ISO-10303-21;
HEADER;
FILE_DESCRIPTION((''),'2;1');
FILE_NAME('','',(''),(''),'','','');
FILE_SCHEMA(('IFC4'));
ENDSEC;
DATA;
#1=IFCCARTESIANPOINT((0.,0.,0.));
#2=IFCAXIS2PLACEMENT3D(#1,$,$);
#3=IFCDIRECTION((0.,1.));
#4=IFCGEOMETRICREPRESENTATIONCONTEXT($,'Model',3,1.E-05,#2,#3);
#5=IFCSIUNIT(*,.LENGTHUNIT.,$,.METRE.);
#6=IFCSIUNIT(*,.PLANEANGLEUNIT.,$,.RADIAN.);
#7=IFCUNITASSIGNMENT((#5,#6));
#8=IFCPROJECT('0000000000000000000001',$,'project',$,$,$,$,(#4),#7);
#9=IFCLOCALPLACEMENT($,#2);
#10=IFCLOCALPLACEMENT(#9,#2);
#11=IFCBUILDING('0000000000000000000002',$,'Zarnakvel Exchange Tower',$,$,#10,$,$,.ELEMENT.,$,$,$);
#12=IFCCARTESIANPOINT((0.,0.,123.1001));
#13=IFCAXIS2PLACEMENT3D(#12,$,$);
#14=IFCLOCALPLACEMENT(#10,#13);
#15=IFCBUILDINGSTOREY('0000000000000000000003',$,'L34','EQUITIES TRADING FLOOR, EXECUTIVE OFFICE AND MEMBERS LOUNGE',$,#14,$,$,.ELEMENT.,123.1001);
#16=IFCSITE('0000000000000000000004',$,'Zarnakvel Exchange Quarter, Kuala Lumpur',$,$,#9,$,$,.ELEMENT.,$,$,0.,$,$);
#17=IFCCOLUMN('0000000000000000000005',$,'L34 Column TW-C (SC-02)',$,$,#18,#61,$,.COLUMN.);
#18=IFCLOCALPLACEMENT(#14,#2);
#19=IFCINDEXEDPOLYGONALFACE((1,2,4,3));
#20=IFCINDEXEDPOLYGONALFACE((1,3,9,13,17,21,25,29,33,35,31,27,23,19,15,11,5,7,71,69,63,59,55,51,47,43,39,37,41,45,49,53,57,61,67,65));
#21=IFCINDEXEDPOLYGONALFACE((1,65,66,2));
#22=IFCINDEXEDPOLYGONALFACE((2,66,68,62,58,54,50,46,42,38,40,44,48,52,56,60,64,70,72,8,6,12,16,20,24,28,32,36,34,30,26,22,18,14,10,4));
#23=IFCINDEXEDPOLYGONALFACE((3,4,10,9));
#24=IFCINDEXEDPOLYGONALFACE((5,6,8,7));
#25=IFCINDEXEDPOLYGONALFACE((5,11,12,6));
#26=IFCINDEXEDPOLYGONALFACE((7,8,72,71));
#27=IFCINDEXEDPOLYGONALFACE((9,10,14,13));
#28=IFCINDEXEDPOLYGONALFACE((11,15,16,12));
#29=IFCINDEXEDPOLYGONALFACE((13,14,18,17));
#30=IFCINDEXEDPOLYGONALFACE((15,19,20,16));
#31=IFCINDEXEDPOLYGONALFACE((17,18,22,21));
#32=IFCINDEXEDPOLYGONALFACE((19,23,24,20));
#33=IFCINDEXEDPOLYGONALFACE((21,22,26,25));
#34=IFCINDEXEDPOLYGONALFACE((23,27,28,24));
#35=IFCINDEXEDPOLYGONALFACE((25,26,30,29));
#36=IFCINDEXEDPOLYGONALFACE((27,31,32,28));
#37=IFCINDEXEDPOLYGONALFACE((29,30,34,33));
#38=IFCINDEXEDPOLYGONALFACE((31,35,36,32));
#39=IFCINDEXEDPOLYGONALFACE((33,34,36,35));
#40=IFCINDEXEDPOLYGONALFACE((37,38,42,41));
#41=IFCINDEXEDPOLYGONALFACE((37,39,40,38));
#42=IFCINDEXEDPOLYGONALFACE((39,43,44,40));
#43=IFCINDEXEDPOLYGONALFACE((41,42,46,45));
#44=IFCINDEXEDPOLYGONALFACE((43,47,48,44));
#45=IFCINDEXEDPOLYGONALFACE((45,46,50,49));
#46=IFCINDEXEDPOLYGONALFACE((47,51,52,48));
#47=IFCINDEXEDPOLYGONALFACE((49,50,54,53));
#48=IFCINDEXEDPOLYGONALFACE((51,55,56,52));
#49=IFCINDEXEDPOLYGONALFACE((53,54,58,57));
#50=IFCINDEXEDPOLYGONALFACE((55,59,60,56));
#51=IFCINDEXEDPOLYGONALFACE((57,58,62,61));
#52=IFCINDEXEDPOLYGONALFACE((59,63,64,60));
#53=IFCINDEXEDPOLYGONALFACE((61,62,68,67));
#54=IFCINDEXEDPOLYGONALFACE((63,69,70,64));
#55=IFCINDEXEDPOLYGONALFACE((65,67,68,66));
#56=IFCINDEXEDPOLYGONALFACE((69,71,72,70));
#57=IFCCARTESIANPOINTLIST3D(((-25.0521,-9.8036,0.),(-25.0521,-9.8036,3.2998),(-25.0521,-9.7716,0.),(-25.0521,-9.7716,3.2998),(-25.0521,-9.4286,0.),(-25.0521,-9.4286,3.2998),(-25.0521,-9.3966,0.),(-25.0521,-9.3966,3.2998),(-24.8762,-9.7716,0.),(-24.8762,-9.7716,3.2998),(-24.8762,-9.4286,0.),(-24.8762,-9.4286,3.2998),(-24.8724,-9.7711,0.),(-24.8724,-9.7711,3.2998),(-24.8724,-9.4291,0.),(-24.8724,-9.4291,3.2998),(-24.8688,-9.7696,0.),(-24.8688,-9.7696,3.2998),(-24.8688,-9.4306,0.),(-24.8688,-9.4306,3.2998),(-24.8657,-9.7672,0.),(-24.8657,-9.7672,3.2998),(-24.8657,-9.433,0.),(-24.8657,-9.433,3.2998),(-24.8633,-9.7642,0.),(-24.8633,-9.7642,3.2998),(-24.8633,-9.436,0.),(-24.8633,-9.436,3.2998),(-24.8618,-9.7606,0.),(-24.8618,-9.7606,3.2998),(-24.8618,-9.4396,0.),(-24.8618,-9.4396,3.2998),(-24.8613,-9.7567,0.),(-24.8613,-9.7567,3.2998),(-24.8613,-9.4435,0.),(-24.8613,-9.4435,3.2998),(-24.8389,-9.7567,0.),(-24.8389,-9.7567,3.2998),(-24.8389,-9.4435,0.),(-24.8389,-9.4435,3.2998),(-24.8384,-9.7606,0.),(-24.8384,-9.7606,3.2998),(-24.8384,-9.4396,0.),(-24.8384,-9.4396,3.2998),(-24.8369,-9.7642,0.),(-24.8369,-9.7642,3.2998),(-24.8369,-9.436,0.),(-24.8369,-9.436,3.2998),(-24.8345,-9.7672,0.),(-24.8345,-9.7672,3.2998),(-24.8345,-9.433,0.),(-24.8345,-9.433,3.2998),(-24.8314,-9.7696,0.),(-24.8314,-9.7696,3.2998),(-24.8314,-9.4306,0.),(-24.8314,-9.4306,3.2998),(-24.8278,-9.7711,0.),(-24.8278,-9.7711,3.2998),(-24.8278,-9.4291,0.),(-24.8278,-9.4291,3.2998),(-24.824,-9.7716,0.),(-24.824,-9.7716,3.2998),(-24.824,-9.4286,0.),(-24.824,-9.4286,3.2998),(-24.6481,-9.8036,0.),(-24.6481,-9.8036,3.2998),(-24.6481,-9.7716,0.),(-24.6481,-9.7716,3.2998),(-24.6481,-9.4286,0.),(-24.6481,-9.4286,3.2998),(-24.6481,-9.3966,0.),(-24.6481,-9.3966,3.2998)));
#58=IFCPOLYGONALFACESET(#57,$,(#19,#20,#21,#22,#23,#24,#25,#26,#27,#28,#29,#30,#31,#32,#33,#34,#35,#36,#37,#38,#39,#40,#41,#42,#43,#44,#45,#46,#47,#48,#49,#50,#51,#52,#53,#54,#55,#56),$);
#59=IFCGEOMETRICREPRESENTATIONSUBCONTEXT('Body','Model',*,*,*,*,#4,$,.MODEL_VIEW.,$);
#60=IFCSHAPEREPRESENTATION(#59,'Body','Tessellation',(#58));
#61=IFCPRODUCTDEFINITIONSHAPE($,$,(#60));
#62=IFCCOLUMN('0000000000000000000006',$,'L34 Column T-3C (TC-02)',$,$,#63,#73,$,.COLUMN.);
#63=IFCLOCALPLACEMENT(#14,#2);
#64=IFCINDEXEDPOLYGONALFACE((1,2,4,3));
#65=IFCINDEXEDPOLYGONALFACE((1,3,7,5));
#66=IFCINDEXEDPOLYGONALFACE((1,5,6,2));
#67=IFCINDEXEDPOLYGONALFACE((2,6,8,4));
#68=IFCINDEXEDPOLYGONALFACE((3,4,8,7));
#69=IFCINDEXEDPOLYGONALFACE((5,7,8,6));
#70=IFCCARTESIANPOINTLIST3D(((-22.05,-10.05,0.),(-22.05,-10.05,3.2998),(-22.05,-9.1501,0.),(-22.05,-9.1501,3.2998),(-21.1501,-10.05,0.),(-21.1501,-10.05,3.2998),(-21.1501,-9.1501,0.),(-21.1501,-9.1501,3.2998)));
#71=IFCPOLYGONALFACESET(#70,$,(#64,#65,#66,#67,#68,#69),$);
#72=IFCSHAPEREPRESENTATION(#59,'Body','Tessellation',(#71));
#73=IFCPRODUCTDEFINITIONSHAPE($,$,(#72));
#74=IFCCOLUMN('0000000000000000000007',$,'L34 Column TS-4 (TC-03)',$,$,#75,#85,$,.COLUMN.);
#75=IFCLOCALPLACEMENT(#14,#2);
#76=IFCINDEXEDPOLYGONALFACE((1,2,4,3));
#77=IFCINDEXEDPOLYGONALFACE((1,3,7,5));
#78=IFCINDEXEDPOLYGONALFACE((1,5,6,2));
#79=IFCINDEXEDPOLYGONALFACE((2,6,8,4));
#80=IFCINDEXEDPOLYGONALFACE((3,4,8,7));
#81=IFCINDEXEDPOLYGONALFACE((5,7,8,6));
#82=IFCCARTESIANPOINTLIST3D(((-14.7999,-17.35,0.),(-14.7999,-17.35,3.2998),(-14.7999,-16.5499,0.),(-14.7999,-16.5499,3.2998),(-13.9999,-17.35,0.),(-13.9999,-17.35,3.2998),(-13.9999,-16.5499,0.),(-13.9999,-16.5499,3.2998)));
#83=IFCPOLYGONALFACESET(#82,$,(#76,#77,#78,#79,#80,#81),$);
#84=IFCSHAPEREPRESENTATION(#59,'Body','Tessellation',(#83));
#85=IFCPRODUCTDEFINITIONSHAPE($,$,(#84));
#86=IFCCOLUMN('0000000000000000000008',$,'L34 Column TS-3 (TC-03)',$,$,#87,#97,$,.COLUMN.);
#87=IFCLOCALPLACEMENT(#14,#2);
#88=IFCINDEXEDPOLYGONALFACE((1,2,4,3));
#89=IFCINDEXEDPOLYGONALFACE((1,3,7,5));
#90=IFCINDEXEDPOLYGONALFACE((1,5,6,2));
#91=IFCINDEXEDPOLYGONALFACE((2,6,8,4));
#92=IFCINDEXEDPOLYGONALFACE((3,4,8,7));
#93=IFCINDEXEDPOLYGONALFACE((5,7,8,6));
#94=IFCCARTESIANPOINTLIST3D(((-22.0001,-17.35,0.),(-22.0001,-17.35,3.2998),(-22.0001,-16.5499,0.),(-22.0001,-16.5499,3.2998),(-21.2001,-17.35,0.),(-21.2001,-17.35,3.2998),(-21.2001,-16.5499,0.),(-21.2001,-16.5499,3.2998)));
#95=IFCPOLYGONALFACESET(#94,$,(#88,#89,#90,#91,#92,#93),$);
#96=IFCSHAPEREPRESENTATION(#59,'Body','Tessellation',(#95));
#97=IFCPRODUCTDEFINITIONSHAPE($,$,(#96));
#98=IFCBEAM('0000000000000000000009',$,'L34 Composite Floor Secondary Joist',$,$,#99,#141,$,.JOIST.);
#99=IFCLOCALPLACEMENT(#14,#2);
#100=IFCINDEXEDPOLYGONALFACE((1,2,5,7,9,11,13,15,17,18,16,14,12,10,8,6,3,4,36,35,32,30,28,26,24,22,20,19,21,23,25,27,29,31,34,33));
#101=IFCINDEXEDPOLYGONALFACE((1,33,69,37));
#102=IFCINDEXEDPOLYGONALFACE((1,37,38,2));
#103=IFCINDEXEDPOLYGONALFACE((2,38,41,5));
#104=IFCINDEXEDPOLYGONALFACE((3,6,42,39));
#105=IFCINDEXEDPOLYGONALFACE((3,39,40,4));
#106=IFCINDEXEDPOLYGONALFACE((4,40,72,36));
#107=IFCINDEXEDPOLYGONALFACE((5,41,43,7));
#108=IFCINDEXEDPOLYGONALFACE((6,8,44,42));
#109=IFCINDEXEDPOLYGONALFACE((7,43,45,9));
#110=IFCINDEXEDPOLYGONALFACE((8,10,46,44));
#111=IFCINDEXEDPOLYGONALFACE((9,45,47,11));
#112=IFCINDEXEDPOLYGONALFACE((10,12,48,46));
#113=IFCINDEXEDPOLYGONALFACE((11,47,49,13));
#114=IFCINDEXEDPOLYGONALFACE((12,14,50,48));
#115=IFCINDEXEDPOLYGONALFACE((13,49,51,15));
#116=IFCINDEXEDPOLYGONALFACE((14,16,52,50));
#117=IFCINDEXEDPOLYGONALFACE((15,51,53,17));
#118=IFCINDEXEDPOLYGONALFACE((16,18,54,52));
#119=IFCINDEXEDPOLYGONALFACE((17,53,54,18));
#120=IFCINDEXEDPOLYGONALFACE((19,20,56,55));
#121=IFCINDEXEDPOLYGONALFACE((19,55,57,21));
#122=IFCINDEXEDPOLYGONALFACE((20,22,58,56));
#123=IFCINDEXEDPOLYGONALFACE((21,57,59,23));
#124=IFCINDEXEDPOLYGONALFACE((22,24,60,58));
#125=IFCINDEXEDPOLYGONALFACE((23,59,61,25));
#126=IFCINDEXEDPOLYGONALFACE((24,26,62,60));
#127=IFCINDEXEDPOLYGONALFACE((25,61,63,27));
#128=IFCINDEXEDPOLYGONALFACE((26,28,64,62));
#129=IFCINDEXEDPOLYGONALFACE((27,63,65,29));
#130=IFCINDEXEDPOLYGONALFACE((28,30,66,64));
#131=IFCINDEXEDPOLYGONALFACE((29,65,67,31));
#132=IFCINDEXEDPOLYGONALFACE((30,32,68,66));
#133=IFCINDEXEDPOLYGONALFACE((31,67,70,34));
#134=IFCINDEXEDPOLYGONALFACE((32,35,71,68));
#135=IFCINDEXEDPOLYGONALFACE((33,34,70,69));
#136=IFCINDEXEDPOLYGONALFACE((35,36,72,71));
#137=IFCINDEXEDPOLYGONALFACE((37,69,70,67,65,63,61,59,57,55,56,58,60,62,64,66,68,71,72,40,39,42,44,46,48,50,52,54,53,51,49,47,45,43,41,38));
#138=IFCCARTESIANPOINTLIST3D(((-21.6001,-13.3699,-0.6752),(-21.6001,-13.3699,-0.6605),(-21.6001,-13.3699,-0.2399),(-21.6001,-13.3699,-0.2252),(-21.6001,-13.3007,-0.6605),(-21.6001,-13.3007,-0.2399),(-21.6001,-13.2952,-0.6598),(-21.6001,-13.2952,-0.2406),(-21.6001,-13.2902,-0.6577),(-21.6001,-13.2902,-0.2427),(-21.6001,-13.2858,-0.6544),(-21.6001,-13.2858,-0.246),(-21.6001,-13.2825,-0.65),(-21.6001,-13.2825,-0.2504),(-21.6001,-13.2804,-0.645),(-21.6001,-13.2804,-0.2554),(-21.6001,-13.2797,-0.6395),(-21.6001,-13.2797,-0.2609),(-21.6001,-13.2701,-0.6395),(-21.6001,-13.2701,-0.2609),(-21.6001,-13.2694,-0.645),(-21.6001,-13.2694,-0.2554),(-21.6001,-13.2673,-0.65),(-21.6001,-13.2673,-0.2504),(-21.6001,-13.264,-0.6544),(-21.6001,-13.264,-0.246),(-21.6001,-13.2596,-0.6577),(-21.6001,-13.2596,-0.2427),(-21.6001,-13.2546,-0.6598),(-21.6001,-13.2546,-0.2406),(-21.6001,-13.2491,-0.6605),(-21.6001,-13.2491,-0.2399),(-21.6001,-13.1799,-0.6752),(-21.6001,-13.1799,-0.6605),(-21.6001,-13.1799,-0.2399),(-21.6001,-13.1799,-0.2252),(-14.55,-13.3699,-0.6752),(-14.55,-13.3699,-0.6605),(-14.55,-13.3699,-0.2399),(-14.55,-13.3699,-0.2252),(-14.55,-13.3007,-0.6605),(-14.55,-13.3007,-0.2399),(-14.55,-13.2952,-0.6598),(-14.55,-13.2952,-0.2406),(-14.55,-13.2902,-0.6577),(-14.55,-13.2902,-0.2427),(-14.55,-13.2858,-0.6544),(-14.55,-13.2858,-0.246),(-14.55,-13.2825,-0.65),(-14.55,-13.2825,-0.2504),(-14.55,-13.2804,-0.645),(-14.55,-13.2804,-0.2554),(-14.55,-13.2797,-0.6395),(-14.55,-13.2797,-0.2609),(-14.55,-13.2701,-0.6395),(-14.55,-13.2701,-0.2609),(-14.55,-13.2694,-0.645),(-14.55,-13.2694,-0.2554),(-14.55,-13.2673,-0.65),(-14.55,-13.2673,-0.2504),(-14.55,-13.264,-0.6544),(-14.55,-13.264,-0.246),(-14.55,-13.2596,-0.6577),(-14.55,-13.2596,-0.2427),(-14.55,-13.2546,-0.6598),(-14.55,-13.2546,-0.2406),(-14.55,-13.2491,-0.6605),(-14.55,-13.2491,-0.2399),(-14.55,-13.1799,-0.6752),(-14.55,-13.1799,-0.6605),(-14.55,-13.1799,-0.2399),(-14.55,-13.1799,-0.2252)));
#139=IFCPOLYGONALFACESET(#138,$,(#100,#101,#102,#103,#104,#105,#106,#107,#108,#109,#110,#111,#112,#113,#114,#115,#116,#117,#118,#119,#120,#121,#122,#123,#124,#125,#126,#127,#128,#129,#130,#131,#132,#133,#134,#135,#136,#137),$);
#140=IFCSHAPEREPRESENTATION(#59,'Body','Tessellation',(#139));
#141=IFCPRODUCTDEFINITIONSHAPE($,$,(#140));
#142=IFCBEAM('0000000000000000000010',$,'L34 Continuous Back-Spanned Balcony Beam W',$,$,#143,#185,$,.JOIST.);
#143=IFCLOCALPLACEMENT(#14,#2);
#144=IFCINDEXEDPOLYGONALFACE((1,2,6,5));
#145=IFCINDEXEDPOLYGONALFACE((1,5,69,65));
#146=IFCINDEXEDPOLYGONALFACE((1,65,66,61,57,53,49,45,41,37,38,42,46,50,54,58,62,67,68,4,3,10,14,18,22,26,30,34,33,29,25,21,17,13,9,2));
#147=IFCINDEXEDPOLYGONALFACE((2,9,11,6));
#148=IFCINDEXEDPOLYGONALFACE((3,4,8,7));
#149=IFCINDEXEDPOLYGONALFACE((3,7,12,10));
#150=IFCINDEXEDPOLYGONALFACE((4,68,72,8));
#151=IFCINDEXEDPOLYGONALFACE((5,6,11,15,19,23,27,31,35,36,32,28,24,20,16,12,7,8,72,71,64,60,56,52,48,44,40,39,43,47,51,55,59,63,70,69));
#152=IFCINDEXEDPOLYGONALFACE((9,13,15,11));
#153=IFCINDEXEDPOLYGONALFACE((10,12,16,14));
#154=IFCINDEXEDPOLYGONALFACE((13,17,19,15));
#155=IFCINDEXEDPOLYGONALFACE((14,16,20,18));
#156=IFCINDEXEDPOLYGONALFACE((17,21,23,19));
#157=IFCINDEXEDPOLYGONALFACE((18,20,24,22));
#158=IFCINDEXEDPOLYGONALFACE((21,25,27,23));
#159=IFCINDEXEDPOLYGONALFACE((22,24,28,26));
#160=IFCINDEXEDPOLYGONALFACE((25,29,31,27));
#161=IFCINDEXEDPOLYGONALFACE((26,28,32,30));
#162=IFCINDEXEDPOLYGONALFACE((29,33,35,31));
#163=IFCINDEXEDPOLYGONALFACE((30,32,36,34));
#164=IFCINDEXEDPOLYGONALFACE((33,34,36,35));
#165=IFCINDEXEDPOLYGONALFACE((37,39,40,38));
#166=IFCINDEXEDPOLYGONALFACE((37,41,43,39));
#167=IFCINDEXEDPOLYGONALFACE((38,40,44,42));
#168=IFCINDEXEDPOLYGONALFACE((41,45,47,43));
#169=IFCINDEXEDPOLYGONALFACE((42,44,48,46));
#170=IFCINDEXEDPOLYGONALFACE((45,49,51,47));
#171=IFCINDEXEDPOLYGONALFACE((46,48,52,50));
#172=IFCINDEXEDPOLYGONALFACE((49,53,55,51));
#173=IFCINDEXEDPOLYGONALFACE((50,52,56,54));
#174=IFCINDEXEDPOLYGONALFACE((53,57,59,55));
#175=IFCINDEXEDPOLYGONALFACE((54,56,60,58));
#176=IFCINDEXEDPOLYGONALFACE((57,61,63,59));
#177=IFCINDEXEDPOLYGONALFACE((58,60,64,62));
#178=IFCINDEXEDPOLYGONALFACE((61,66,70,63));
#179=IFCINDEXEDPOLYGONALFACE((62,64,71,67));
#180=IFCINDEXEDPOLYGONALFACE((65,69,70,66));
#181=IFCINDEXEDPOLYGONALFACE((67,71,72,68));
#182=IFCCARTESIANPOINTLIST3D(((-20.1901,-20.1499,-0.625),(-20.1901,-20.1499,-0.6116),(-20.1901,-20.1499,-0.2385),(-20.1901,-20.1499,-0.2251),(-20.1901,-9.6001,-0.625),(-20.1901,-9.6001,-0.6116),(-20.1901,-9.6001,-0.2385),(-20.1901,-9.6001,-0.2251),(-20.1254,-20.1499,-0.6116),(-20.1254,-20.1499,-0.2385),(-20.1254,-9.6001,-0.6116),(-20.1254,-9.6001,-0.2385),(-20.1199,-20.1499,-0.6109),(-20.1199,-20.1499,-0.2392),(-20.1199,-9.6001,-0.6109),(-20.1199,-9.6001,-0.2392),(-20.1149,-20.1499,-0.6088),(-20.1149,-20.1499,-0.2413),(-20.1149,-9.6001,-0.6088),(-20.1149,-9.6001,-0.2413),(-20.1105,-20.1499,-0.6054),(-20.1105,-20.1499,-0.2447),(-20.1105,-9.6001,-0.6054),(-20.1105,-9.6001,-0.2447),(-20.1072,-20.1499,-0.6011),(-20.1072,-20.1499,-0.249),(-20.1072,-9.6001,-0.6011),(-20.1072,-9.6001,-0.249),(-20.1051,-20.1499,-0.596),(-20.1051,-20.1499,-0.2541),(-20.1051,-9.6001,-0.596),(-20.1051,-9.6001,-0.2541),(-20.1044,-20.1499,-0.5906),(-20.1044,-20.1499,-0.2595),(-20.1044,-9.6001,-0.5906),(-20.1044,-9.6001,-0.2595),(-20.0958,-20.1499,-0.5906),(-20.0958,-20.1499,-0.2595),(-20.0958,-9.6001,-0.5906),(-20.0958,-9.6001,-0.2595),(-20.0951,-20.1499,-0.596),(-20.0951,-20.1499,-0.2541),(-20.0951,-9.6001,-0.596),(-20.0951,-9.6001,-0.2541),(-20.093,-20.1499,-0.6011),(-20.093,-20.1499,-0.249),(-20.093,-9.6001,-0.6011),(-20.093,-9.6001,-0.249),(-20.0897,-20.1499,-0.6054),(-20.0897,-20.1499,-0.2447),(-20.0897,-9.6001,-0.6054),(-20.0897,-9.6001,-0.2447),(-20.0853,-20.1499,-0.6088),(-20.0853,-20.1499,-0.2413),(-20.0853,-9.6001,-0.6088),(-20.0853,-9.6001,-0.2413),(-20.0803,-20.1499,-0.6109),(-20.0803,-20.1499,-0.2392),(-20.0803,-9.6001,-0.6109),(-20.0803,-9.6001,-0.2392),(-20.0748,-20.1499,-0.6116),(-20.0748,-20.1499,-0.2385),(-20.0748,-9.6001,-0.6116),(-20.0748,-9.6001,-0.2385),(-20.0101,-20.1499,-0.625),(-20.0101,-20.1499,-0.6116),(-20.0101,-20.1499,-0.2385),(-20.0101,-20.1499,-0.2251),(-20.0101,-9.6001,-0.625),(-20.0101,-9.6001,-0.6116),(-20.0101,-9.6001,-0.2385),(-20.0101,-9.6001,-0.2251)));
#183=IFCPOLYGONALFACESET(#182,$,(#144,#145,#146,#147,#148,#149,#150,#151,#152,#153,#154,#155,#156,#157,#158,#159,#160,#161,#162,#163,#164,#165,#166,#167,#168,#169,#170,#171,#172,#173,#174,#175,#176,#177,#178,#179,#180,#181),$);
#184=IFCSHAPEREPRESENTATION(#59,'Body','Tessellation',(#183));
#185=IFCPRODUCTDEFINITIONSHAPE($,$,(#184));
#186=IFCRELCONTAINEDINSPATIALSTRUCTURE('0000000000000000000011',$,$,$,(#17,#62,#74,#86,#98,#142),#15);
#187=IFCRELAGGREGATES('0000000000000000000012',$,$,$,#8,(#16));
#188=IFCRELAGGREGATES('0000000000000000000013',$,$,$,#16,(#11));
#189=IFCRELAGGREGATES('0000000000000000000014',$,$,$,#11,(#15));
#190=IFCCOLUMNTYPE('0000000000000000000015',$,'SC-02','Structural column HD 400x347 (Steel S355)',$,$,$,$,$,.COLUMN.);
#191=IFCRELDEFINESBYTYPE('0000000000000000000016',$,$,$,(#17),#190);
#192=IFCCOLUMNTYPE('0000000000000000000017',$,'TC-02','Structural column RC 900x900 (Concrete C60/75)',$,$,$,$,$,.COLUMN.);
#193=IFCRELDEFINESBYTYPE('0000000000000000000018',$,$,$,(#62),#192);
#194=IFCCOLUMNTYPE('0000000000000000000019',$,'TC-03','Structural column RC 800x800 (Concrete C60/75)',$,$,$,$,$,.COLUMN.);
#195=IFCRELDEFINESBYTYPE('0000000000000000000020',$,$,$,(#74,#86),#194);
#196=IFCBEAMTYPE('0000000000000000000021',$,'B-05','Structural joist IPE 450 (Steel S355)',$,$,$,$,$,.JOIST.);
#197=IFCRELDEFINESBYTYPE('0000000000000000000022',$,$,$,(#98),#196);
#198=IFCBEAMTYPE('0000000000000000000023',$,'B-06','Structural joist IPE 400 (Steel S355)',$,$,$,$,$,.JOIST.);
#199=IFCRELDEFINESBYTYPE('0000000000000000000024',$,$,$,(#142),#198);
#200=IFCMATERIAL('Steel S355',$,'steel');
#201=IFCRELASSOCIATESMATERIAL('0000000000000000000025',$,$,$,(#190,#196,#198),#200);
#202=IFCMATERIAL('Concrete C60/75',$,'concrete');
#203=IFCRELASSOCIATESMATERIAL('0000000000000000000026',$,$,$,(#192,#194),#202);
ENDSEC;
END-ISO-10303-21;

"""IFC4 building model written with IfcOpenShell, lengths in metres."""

from ifc_helpers import new_model, si_unit, direction, frame, origin, origin_2d, place, context, subcontext, project, spatial, rectangle, i_section, extrude, material, material_profile, profile_set, type_object, element, save


model = new_model("IFC4")

# Units and contexts
model_context = context("Model", 3, precision=1e-05, world=origin(), true_north=direction((0.0, 1.0)))
body_context = subcontext(model_context, "Body", "Model", "MODEL_VIEW")
ifc_project = project(units=[si_unit("LENGTHUNIT", "METRE"), si_unit("PLANEANGLEUNIT", "RADIAN")], contexts=[model_context])

# Site, building, storey
site_placement = place(None, origin())
site = spatial("IfcSite", under=ifc_project, at=site_placement, Name="Zarnakvel Exchange Quarter, Kuala Lumpur", CompositionType="ELEMENT", RefElevation=0.0)
building_placement = place(site_placement, origin())
building = spatial("IfcBuilding", under=site, at=building_placement, Name="Zarnakvel Exchange Tower", CompositionType="ELEMENT")
storey_placement = place(building_placement, frame((0.0, 0.0, 123.1001)))
storey = spatial("IfcBuildingStorey", under=building, at=storey_placement, Name="L34", Description="EQUITIES TRADING FLOOR, EXECUTIVE OFFICE AND MEMBERS LOUNGE", CompositionType="ELEMENT", Elevation=123.1001)

# Columns
ifc_material_1 = material(Name="Steel S355", Category="steel")
ifc_material_profile_1 = material_profile(ifc_material_1, i_section(OverallWidth=0.4041, OverallDepth=0.407, WebThickness=0.0225, FlangeThickness=0.032, FilletRadius=0.0149, at=origin_2d()))
ifc_profile_set_1 = profile_set([ifc_material_profile_1], Name="Steel S355")
column_type_1 = type_object("IfcColumnType", Name="SC-02", Description="Structural column HD 400x347 (Steel S355)", PredefinedType="COLUMN", material=ifc_profile_set_1)
column_1_placement = place(storey_placement, frame((-24.8501, -9.6001, 0.0), z_axis=(0.0, 0.0, 1.0), x_axis=(1.0, 0.0, 0.0)))
element("IfcColumn", 1, at=column_1_placement, inside=storey, type_object=column_type_1, Name="L34 Column TW-C (SC-02)", PredefinedType="COLUMN", context=body_context, shape_type="SweptSolid", body=[
    extrude(i_section(OverallWidth=0.4041, OverallDepth=0.407, WebThickness=0.0225, FlangeThickness=0.032, FilletRadius=0.0149, at=origin_2d()), origin(), (0.0, 0.0, 1.0), 3.2998),
])
ifc_material_2 = material(Name="Concrete C60/75", Category="concrete")
ifc_material_profile_2 = material_profile(ifc_material_2, rectangle(XDim=0.8999, YDim=0.8999, at=origin_2d()))
ifc_profile_set_2 = profile_set([ifc_material_profile_2], Name="Concrete C60/75")
column_type_2 = type_object("IfcColumnType", Name="TC-02", Description="Structural column RC 900x900 (Concrete C60/75)", PredefinedType="COLUMN", material=ifc_profile_set_2)
column_2_placement = place(storey_placement, frame((-21.6001, -9.6001, 0.0), z_axis=(0.0, 0.0, 1.0), x_axis=(1.0, 0.0, 0.0)))
element("IfcColumn", 2, at=column_2_placement, inside=storey, type_object=column_type_2, Name="L34 Column T-3C (TC-02)", PredefinedType="COLUMN", context=body_context, shape_type="SweptSolid", body=[
    extrude(rectangle(XDim=0.8999, YDim=0.8999, at=origin_2d()), origin(), (0.0, 0.0, 1.0), 3.2998),
])
ifc_material_profile_3 = material_profile(ifc_material_2, rectangle(XDim=0.8, YDim=0.8, at=origin_2d()))
ifc_profile_set_3 = profile_set([ifc_material_profile_3], Name="Concrete C60/75")
column_type_3 = type_object("IfcColumnType", Name="TC-03", Description="Structural column RC 800x800 (Concrete C60/75)", PredefinedType="COLUMN", material=ifc_profile_set_3)
for number, where, z_axis, x_axis, name in (
    (3, (-14.3999, -16.95, 0.0), (0.0, 0.0, 1.0), (1.0, 0.0, 0.0), "L34 Column TS-4 (TC-03)"),
    (4, (-21.6001, -16.95, 0.0), (0.0, 0.0, 1.0), (1.0, 0.0, 0.0), "L34 Column TS-3 (TC-03)"),
):
    element("IfcColumn", number, at=place(storey_placement, frame(where, z_axis=z_axis, x_axis=x_axis)), inside=storey, type_object=column_type_3, Name=name, PredefinedType="COLUMN", context=body_context, shape_type="SweptSolid", body=[
        extrude(rectangle(XDim=0.8, YDim=0.8, at=origin_2d()), origin(), (0.0, 0.0, 1.0), 3.2998),
    ])

# Beams
ifc_material_profile_4 = material_profile(ifc_material_1, i_section(OverallWidth=0.1899, OverallDepth=0.45, WebThickness=0.0095, FlangeThickness=0.0146, FilletRadius=0.021, at=origin_2d()))
ifc_profile_set_4 = profile_set([ifc_material_profile_4], Name="Steel S355")
beam_type_1 = type_object("IfcBeamType", Name="B-05", Description="Structural joist IPE 450 (Steel S355)", PredefinedType="JOIST", material=ifc_profile_set_4)
beam_1_placement = place(storey_placement, frame((-21.6001, -13.2749, -0.4502), z_axis=(1.0, 0.0, 0.0), x_axis=(0.0, 1.0, 0.0)))
element("IfcBeam", 5, at=beam_1_placement, inside=storey, type_object=beam_type_1, Name="L34 Composite Floor Secondary Joist", PredefinedType="JOIST", context=body_context, shape_type="SweptSolid", body=[
    extrude(i_section(OverallWidth=0.1899, OverallDepth=0.45, WebThickness=0.0095, FlangeThickness=0.0146, FilletRadius=0.021, at=origin_2d()), origin(), (0.0, 0.0, 1.0), 7.05),
])
ifc_material_profile_5 = material_profile(ifc_material_1, i_section(OverallWidth=0.1799, OverallDepth=0.3999, WebThickness=0.0085, FlangeThickness=0.0134, FilletRadius=0.021, at=origin_2d()))
ifc_profile_set_5 = profile_set([ifc_material_profile_5], Name="Steel S355")
beam_type_2 = type_object("IfcBeamType", Name="B-06", Description="Structural joist IPE 400 (Steel S355)", PredefinedType="JOIST", material=ifc_profile_set_5)
beam_2_placement = place(storey_placement, frame((-20.1001, -9.6001, -0.425), z_axis=(0.0, -1.0, 0.0), x_axis=(1.0, 0.0, 0.0)))
element("IfcBeam", 6, at=beam_2_placement, inside=storey, type_object=beam_type_2, Name="L34 Continuous Back-Spanned Balcony Beam W", PredefinedType="JOIST", context=body_context, shape_type="SweptSolid", body=[
    extrude(i_section(OverallWidth=0.1799, OverallDepth=0.3999, WebThickness=0.0085, FlangeThickness=0.0134, FilletRadius=0.021, at=origin_2d()), origin(), (0.0, 0.0, 1.0), 10.5498),
])

save(model, "model.ifc")
